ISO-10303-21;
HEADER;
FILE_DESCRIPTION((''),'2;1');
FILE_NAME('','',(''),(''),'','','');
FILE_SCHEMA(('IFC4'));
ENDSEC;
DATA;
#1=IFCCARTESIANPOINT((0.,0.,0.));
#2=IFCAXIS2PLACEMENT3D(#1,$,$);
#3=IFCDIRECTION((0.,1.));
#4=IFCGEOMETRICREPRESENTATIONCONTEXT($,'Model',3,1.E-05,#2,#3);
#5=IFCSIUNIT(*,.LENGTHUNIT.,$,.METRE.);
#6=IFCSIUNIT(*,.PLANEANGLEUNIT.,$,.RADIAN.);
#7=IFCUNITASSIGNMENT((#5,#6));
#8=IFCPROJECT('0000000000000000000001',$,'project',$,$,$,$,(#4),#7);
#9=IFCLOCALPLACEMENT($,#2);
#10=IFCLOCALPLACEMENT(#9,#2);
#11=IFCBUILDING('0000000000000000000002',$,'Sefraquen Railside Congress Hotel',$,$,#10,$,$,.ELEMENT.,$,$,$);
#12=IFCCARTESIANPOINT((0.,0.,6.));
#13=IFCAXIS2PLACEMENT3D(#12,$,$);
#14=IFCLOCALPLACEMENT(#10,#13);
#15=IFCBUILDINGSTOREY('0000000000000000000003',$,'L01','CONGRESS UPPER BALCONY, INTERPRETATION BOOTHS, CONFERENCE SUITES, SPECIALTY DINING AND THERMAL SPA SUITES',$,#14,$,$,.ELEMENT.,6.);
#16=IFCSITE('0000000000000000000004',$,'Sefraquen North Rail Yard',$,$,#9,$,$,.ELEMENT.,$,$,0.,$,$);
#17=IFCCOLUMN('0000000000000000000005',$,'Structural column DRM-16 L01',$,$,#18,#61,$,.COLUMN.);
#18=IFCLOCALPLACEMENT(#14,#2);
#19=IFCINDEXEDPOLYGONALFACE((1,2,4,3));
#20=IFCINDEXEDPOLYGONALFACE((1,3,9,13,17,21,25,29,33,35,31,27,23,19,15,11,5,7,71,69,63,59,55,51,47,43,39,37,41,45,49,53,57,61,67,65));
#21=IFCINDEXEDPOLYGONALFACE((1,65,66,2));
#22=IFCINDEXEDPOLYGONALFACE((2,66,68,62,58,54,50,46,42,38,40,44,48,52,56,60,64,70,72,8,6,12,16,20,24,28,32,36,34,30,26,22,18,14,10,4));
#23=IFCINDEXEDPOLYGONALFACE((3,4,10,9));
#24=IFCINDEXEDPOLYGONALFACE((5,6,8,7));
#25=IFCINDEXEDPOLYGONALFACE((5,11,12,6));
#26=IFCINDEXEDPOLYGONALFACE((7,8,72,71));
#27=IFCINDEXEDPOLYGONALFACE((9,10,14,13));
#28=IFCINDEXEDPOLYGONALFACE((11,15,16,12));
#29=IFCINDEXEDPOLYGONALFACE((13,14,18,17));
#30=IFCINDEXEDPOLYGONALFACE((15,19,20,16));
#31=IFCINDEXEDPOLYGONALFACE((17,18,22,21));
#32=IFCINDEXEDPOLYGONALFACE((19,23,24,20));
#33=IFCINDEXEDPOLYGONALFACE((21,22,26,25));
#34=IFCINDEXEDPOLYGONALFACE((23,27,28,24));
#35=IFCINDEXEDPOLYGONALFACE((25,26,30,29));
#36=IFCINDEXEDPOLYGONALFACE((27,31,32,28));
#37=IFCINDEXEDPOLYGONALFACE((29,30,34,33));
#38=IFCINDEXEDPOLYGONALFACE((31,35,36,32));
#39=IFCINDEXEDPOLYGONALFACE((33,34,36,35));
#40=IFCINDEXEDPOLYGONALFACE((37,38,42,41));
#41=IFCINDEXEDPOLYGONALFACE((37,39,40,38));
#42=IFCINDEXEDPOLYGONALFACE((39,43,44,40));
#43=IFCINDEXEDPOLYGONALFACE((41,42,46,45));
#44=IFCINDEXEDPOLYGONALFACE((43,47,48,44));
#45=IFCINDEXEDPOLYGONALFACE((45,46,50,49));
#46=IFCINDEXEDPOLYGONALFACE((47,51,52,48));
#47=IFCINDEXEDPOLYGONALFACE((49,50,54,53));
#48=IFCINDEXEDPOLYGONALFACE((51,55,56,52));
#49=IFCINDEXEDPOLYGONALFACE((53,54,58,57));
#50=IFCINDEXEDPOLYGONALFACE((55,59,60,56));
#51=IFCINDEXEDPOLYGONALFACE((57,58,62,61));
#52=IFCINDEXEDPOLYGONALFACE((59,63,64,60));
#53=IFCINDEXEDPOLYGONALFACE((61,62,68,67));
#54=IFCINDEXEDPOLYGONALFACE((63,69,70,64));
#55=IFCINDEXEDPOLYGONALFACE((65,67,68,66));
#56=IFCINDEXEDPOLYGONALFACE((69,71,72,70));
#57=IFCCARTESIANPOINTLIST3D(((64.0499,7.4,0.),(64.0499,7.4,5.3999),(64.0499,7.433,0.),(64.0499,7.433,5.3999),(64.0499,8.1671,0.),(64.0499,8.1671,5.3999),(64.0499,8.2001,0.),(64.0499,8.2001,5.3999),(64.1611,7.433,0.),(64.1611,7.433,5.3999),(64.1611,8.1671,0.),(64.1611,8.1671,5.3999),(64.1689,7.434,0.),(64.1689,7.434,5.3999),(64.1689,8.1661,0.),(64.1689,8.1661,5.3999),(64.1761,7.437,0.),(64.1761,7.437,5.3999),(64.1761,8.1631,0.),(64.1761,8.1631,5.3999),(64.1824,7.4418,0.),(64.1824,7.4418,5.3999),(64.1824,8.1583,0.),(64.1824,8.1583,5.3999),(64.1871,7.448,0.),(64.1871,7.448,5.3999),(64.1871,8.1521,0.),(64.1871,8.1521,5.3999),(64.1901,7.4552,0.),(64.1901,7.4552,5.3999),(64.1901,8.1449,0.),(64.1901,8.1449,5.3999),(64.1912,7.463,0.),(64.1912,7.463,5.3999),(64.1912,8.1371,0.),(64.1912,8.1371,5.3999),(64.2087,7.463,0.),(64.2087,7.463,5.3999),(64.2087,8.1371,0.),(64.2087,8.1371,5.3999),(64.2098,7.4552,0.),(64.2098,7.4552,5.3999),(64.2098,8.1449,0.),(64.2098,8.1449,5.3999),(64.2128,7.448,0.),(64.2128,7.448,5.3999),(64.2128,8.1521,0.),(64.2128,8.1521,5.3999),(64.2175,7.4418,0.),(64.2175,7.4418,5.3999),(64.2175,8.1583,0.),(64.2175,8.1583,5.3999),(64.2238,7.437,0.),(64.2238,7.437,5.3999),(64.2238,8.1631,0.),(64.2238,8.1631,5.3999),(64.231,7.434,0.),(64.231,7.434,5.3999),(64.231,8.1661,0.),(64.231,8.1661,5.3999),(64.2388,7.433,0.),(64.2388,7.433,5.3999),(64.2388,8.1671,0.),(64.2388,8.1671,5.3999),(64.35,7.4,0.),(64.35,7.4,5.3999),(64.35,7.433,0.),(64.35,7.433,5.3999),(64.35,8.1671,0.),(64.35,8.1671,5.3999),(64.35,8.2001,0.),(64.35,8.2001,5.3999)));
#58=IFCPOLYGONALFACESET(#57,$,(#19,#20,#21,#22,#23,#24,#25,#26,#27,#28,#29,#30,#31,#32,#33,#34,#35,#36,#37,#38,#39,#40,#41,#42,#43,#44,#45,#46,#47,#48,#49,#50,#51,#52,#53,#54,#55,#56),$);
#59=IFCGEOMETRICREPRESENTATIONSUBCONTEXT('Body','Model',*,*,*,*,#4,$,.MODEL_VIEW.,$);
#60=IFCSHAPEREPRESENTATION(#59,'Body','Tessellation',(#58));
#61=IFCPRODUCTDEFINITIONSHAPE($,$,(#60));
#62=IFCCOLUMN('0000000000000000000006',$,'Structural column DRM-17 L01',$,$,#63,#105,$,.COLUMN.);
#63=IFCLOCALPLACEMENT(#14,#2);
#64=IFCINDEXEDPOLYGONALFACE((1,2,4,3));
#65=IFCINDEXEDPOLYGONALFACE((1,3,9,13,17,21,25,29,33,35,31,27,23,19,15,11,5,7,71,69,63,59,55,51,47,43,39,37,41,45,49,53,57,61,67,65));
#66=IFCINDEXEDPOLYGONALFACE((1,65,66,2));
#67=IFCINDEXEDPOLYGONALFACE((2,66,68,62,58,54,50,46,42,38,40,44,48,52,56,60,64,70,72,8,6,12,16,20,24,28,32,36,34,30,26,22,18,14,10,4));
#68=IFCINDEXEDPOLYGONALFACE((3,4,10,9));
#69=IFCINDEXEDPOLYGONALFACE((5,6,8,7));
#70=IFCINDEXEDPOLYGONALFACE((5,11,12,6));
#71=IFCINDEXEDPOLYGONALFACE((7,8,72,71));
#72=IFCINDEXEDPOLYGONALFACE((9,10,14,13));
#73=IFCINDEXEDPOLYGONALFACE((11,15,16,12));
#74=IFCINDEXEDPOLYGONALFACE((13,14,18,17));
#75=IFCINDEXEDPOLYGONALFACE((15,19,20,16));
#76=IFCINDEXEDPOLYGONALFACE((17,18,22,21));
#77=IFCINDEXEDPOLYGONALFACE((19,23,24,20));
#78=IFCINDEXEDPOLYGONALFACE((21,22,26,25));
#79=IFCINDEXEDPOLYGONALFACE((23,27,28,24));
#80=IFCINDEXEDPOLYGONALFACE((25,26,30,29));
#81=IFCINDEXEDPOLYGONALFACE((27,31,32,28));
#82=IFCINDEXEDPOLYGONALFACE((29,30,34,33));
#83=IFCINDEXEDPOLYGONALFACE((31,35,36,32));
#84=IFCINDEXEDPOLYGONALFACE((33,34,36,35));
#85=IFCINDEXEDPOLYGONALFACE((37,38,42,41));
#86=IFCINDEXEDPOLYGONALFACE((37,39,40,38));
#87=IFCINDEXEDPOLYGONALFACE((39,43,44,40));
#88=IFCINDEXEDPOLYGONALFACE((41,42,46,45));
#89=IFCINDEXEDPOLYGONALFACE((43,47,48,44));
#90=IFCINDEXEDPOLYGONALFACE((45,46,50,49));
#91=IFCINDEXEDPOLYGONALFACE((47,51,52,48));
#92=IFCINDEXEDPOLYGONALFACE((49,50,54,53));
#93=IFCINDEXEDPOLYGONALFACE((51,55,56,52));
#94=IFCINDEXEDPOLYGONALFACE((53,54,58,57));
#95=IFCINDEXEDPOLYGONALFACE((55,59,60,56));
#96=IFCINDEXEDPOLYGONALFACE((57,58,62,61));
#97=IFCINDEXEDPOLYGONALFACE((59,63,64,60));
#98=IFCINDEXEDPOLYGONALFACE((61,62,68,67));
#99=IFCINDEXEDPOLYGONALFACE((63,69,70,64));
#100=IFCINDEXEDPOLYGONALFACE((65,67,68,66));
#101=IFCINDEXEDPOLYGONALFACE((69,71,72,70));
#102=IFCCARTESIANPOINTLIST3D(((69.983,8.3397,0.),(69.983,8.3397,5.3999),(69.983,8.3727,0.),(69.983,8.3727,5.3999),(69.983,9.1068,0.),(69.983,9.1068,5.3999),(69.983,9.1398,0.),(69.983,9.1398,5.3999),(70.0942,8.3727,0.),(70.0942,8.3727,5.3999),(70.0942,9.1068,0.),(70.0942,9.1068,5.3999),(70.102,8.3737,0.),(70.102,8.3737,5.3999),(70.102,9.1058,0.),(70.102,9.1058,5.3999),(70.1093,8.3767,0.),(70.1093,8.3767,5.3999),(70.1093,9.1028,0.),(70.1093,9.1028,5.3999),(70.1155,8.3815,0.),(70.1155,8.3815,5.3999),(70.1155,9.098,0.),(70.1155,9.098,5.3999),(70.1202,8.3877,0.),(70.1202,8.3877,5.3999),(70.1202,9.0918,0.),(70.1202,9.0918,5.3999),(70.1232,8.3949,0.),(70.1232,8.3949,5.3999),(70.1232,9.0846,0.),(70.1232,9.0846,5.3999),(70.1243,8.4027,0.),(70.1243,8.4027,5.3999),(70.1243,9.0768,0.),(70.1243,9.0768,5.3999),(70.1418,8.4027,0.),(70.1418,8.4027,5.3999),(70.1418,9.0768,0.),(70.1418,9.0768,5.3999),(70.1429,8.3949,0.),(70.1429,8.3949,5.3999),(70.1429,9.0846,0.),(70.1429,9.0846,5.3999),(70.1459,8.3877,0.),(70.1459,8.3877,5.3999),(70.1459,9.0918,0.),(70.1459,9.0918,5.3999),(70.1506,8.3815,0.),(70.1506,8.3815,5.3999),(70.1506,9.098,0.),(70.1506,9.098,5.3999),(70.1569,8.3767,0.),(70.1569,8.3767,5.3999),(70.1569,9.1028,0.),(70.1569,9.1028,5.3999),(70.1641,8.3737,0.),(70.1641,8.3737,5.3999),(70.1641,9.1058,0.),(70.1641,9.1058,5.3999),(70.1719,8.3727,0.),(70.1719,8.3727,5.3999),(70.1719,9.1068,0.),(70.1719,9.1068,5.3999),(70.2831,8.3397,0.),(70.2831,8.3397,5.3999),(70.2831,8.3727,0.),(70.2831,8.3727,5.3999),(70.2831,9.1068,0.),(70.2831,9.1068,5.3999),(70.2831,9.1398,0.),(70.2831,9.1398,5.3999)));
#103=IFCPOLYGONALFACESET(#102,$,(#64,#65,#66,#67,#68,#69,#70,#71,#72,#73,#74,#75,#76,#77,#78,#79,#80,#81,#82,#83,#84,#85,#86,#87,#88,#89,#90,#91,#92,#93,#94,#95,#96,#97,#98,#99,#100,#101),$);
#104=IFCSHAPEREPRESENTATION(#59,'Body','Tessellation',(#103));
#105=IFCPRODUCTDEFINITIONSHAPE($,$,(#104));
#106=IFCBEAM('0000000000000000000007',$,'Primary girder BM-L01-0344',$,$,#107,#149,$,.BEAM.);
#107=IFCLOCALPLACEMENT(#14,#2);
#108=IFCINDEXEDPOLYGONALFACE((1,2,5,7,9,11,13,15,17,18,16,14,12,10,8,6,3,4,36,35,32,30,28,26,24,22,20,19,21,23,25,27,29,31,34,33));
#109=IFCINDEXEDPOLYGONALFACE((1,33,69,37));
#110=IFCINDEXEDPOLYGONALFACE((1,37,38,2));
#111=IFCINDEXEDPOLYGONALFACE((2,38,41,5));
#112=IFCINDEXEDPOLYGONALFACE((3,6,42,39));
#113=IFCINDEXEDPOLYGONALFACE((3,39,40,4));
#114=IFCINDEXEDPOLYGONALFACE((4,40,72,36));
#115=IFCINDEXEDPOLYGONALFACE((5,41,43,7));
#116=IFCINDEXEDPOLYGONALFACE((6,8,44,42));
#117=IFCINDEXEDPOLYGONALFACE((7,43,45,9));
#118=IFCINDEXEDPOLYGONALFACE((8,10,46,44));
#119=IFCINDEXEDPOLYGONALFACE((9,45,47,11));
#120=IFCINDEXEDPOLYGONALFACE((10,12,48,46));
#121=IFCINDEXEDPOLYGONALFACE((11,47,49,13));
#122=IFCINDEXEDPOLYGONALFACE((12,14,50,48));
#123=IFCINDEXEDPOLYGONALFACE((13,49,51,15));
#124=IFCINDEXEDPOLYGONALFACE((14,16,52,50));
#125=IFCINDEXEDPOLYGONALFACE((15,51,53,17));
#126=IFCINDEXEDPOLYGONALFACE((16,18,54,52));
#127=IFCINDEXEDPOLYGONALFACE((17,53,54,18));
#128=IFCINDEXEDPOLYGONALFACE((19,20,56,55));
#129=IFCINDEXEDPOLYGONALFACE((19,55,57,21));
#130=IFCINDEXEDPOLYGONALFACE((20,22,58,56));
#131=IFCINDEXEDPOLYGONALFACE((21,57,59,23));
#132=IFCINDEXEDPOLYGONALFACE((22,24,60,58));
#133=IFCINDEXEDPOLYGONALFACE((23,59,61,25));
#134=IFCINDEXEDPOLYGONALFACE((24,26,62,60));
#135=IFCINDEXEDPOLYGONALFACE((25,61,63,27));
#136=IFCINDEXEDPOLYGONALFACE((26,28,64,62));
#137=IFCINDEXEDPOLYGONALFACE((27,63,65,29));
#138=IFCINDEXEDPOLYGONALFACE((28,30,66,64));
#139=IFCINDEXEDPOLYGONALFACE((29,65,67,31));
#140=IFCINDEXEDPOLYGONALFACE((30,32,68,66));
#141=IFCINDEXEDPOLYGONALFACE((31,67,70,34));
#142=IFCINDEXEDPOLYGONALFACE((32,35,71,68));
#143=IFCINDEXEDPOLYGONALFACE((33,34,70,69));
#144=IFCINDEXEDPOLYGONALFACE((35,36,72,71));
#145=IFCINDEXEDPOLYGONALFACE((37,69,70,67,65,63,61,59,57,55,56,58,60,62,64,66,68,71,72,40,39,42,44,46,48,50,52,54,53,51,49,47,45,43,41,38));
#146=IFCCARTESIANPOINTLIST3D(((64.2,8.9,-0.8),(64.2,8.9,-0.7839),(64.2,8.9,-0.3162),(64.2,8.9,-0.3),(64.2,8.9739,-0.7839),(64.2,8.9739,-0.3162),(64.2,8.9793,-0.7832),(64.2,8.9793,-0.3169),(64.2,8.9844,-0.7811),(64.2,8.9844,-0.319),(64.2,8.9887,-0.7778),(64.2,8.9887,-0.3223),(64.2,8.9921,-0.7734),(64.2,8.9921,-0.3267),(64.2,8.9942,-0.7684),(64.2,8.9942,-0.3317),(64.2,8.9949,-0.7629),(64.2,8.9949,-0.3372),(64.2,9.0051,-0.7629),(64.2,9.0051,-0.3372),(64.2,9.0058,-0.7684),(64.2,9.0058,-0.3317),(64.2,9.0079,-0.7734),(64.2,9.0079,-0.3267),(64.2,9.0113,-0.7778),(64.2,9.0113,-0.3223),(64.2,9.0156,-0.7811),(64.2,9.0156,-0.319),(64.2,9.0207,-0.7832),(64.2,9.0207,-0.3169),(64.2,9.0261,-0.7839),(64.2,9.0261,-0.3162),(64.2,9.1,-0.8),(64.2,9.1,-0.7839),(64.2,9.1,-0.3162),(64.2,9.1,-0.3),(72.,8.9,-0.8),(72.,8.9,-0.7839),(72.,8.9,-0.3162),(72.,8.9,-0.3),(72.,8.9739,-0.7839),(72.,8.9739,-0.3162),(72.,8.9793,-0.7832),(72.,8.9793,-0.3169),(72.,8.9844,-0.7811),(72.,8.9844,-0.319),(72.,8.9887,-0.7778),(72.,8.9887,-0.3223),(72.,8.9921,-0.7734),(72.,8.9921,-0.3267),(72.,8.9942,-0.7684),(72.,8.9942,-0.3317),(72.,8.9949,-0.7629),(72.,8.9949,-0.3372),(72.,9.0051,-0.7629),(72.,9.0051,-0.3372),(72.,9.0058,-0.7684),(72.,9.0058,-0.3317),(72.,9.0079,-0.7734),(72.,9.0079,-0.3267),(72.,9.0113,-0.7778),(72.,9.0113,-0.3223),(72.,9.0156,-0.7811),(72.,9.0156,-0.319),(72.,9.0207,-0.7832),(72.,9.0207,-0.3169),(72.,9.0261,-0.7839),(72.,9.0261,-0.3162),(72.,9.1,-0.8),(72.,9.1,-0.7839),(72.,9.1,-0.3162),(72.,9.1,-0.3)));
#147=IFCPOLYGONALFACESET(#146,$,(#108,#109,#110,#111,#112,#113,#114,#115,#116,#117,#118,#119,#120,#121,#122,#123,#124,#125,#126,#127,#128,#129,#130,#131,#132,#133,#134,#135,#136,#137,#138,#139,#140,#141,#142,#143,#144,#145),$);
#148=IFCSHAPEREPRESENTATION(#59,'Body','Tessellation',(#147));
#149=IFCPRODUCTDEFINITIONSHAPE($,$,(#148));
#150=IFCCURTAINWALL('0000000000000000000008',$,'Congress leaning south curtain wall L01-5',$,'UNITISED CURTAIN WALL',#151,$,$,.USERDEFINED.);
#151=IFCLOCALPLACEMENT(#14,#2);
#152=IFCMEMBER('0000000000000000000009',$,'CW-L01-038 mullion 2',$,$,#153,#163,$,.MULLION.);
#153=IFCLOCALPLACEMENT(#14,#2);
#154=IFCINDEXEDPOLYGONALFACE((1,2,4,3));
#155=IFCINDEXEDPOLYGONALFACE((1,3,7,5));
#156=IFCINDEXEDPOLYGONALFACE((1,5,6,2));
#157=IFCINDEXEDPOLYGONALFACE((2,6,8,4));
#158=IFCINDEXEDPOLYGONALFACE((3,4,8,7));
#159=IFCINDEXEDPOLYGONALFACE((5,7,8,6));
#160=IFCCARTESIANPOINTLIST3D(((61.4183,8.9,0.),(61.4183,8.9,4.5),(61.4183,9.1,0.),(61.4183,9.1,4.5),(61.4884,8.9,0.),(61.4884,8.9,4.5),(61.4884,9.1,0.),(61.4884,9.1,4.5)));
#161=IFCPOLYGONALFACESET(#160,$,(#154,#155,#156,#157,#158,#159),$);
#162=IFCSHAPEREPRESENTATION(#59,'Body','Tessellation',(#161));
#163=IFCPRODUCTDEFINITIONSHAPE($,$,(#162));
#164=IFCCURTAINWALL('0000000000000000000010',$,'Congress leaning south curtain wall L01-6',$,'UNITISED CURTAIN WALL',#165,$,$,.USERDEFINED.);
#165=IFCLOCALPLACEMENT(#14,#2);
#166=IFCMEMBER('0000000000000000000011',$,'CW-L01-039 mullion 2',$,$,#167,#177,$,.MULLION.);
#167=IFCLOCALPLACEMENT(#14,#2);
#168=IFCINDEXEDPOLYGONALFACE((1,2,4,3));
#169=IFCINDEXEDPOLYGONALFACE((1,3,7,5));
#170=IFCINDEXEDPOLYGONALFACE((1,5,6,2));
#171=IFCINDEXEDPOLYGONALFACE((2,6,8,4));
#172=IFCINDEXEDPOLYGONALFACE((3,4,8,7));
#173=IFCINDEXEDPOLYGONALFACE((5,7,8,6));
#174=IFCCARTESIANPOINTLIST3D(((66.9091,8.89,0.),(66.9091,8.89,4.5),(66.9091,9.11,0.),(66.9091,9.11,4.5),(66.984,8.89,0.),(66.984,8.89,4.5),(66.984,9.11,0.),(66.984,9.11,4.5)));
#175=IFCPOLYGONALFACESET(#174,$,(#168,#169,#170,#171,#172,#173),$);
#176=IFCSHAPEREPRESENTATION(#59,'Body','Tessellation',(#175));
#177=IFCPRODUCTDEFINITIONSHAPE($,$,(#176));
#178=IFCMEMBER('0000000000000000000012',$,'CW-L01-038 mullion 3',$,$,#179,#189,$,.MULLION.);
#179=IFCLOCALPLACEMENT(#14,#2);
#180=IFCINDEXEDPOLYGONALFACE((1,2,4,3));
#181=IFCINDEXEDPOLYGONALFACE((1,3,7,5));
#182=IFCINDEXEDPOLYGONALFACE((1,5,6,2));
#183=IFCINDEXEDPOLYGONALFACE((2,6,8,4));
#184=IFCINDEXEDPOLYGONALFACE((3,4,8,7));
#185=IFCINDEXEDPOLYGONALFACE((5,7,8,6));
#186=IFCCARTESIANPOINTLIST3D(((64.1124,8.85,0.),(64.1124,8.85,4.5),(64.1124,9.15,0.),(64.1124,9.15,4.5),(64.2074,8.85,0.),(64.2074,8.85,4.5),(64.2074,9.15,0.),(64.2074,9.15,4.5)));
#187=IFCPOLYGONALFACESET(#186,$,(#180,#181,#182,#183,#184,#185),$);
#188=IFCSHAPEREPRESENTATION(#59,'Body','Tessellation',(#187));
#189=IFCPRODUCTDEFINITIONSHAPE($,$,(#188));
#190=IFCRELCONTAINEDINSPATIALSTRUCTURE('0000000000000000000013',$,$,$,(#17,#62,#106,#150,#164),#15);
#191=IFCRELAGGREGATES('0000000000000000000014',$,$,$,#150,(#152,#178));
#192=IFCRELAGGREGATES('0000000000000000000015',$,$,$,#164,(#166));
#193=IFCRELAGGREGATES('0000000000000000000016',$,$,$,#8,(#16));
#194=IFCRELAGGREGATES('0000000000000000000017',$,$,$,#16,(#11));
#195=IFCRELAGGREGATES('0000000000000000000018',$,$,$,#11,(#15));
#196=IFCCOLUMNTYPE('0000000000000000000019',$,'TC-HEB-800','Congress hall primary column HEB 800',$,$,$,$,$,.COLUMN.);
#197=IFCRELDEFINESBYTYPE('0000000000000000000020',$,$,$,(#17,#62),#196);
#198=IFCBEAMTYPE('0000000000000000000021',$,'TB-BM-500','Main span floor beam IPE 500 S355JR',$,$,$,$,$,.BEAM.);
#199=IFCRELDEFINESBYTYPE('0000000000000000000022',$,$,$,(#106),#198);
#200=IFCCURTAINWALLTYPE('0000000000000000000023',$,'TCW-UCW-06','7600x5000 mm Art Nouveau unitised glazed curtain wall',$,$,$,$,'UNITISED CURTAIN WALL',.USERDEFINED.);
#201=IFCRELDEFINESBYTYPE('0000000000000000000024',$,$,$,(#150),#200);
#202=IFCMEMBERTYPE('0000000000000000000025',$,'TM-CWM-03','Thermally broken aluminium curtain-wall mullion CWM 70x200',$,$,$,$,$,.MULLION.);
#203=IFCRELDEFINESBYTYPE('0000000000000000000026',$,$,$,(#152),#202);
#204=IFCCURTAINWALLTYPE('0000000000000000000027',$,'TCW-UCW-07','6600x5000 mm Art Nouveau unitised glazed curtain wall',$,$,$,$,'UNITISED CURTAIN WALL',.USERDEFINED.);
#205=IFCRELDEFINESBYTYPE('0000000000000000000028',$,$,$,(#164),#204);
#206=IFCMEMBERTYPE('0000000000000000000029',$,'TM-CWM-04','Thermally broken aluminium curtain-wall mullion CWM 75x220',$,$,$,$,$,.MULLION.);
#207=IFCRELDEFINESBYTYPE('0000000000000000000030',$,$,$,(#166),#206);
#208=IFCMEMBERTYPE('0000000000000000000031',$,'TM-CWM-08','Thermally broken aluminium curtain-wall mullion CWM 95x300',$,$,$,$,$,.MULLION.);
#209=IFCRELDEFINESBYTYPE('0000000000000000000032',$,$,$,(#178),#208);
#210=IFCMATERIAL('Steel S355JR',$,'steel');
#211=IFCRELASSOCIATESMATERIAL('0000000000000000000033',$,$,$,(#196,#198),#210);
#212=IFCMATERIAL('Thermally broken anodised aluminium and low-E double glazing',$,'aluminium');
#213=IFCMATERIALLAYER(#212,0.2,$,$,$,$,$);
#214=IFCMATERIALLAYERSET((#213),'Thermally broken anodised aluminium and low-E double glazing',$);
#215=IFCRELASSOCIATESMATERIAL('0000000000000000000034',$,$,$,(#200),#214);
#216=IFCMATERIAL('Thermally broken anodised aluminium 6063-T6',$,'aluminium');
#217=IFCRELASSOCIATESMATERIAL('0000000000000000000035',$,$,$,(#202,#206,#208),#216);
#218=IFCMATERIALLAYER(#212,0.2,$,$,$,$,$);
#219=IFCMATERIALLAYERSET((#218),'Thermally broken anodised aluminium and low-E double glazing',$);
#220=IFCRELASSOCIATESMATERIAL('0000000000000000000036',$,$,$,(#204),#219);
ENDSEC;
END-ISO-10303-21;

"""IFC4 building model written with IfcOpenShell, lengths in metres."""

from ifc_helpers import new_model, si_unit, direction, frame, origin, origin_2d, place, context, subcontext, project, spatial, rectangle, i_section, extrude, material, layer, layer_set, material_profile, profile_set, type_object, element, aggregate, save


model = new_model("IFC4")

# Units and contexts
model_context = context("Model", 3, precision=1e-05, world=origin(), true_north=direction((0.0, 1.0)))
body_context = subcontext(model_context, "Body", "Model", "MODEL_VIEW")
ifc_project = project(units=[si_unit("LENGTHUNIT", "METRE"), si_unit("PLANEANGLEUNIT", "RADIAN")], contexts=[model_context])

# Site, building, storey
site_placement = place(None, origin())
site = spatial("IfcSite", under=ifc_project, at=site_placement, Name="Sefraquen North Rail Yard", CompositionType="ELEMENT", RefElevation=0.0)
building_placement = place(site_placement, origin())
building = spatial("IfcBuilding", under=site, at=building_placement, Name="Sefraquen Railside Congress Hotel", CompositionType="ELEMENT")
storey_placement = place(building_placement, frame((0.0, 0.0, 6.0)))
storey = spatial("IfcBuildingStorey", under=building, at=storey_placement, Name="L01", Description="CONGRESS UPPER BALCONY, INTERPRETATION BOOTHS, CONFERENCE SUITES, SPECIALTY DINING AND THERMAL SPA SUITES", CompositionType="ELEMENT", Elevation=6.0)

# Columns
ifc_material_1 = material(Name="Steel S355JR", Category="steel")
ifc_material_profile_1 = material_profile(ifc_material_1, i_section(OverallWidth=0.3, OverallDepth=0.8, WebThickness=0.0176, FlangeThickness=0.033, FilletRadius=0.03, at=origin_2d()), Name="HEB 800")
ifc_profile_set_1 = profile_set([ifc_material_profile_1], Name="Steel S355JR")
column_type = type_object("IfcColumnType", Name="TC-HEB-800", Description="Congress hall primary column HEB 800", PredefinedType="COLUMN", material=ifc_profile_set_1)
for number, where, z_axis, x_axis, name in (
    (1, (64.2, 7.8, 0.0), (0.0, 0.0, 1.0), (1.0, 0.0, 0.0), "Structural column DRM-16 L01"),
    (2, (70.1331, 8.7397, 0.0), (0.0, 0.0, 1.0), (1.0, 0.0, 0.0), "Structural column DRM-17 L01"),
):
    element("IfcColumn", number, at=place(storey_placement, frame(where, z_axis=z_axis, x_axis=x_axis)), inside=storey, type_object=column_type, Name=name, PredefinedType="COLUMN", context=body_context, shape_type="SweptSolid", body=[
        extrude(i_section(OverallWidth=0.3, OverallDepth=0.8, WebThickness=0.0176, FlangeThickness=0.033, FilletRadius=0.03, at=origin_2d()), origin(), (0.0, 0.0, 1.0), 5.3999),
    ])

# Beam
ifc_material_profile_2 = material_profile(ifc_material_1, i_section(OverallWidth=0.2, OverallDepth=0.5, WebThickness=0.0103, FlangeThickness=0.0161, FilletRadius=0.021, at=origin_2d()), Name="IPE 500")
ifc_profile_set_2 = profile_set([ifc_material_profile_2], Name="Steel S355JR")
beam_type = type_object("IfcBeamType", Name="TB-BM-500", Description="Main span floor beam IPE 500 S355JR", PredefinedType="BEAM", material=ifc_profile_set_2)
beam_placement = place(storey_placement, frame((64.2, 9.0, -0.55), z_axis=(1.0, 0.0, 0.0), x_axis=(0.0, 1.0, 0.0)))
element("IfcBeam", 3, at=beam_placement, inside=storey, type_object=beam_type, Name="Primary girder BM-L01-0344", PredefinedType="BEAM", context=body_context, shape_type="SweptSolid", body=[
    extrude(i_section(OverallWidth=0.2, OverallDepth=0.5, WebThickness=0.0103, FlangeThickness=0.0161, FilletRadius=0.021, at=origin_2d()), origin(), (0.0, 0.0, 1.0), 7.8),
])

# Curtain walls, members
ifc_material_2 = material(Name="Thermally broken anodised aluminium and low-E double glazing", Category="aluminium")
ifc_layer_1 = layer(ifc_material_2, 0.2)
ifc_layer_set_1 = layer_set([ifc_layer_1], Name="Thermally broken anodised aluminium and low-E double glazing")
curtain_wall_type_1 = type_object("IfcCurtainWallType", Name="TCW-UCW-06", Description="7600x5000 mm Art Nouveau unitised glazed curtain wall", ElementType="UNITISED CURTAIN WALL", PredefinedType="USERDEFINED", material=ifc_layer_set_1)
curtain_wall_1_placement = place(storey_placement, origin())
curtain_wall_1 = element("IfcCurtainWall", 4, at=curtain_wall_1_placement, inside=storey, type_object=curtain_wall_type_1, Name="Congress leaning south curtain wall L01-5", ObjectType="UNITISED CURTAIN WALL", PredefinedType="USERDEFINED")
ifc_material_3 = material(Name="Thermally broken anodised aluminium 6063-T6", Category="aluminium")
ifc_material_profile_3 = material_profile(ifc_material_3, rectangle(XDim=0.0701, YDim=0.2, at=origin_2d()), Name="CWM 70x200")
ifc_profile_set_3 = profile_set([ifc_material_profile_3], Name="Thermally broken anodised aluminium 6063-T6")
member_type_1 = type_object("IfcMemberType", Name="TM-CWM-03", Description="Thermally broken aluminium curtain-wall mullion CWM 70x200", PredefinedType="MULLION", material=ifc_profile_set_3)
member_1_placement = place(storey_placement, frame((61.4534, 9.0, 0.0), z_axis=(0.0, 0.0, 1.0), x_axis=(1.0, 0.0, 0.0)))
member_1 = element("IfcMember", 5, at=member_1_placement, type_object=member_type_1, Name="CW-L01-038 mullion 2", PredefinedType="MULLION", context=body_context, shape_type="SweptSolid", body=[
    extrude(rectangle(XDim=0.0701, YDim=0.2, at=origin_2d()), origin(), (0.0, 0.0, 1.0), 4.5),
])
ifc_layer_2 = layer(ifc_material_2, 0.2)
ifc_layer_set_2 = layer_set([ifc_layer_2], Name="Thermally broken anodised aluminium and low-E double glazing")
curtain_wall_type_2 = type_object("IfcCurtainWallType", Name="TCW-UCW-07", Description="6600x5000 mm Art Nouveau unitised glazed curtain wall", ElementType="UNITISED CURTAIN WALL", PredefinedType="USERDEFINED", material=ifc_layer_set_2)
curtain_wall_2_placement = place(storey_placement, origin())
curtain_wall_2 = element("IfcCurtainWall", 6, at=curtain_wall_2_placement, inside=storey, type_object=curtain_wall_type_2, Name="Congress leaning south curtain wall L01-6", ObjectType="UNITISED CURTAIN WALL", PredefinedType="USERDEFINED")
ifc_material_profile_4 = material_profile(ifc_material_3, rectangle(XDim=0.075, YDim=0.22, at=origin_2d()), Name="CWM 75x220")
ifc_profile_set_4 = profile_set([ifc_material_profile_4], Name="Thermally broken anodised aluminium 6063-T6")
member_type_2 = type_object("IfcMemberType", Name="TM-CWM-04", Description="Thermally broken aluminium curtain-wall mullion CWM 75x220", PredefinedType="MULLION", material=ifc_profile_set_4)
member_2_placement = place(storey_placement, frame((66.9465, 9.0, 0.0), z_axis=(0.0, 0.0, 1.0), x_axis=(1.0, 0.0, 0.0)))
member_2 = element("IfcMember", 7, at=member_2_placement, type_object=member_type_2, Name="CW-L01-039 mullion 2", PredefinedType="MULLION", context=body_context, shape_type="SweptSolid", body=[
    extrude(rectangle(XDim=0.075, YDim=0.22, at=origin_2d()), origin(), (0.0, 0.0, 1.0), 4.5),
])

# Member
ifc_material_profile_5 = material_profile(ifc_material_3, rectangle(XDim=0.095, YDim=0.3, at=origin_2d()), Name="CWM 95x300")
ifc_profile_set_5 = profile_set([ifc_material_profile_5], Name="Thermally broken anodised aluminium 6063-T6")
member_type_3 = type_object("IfcMemberType", Name="TM-CWM-08", Description="Thermally broken aluminium curtain-wall mullion CWM 95x300", PredefinedType="MULLION", material=ifc_profile_set_5)
member_3_placement = place(storey_placement, frame((64.1599, 9.0, 0.0), z_axis=(0.0, 0.0, 1.0), x_axis=(1.0, 0.0, 0.0)))
member_3 = element("IfcMember", 8, at=member_3_placement, type_object=member_type_3, Name="CW-L01-038 mullion 3", PredefinedType="MULLION", context=body_context, shape_type="SweptSolid", body=[
    extrude(rectangle(XDim=0.095, YDim=0.3, at=origin_2d()), origin(), (0.0, 0.0, 1.0), 4.5),
])

aggregate(curtain_wall_1, [member_1, member_3])
aggregate(curtain_wall_2, [member_2])

save(model, "model.ifc")
